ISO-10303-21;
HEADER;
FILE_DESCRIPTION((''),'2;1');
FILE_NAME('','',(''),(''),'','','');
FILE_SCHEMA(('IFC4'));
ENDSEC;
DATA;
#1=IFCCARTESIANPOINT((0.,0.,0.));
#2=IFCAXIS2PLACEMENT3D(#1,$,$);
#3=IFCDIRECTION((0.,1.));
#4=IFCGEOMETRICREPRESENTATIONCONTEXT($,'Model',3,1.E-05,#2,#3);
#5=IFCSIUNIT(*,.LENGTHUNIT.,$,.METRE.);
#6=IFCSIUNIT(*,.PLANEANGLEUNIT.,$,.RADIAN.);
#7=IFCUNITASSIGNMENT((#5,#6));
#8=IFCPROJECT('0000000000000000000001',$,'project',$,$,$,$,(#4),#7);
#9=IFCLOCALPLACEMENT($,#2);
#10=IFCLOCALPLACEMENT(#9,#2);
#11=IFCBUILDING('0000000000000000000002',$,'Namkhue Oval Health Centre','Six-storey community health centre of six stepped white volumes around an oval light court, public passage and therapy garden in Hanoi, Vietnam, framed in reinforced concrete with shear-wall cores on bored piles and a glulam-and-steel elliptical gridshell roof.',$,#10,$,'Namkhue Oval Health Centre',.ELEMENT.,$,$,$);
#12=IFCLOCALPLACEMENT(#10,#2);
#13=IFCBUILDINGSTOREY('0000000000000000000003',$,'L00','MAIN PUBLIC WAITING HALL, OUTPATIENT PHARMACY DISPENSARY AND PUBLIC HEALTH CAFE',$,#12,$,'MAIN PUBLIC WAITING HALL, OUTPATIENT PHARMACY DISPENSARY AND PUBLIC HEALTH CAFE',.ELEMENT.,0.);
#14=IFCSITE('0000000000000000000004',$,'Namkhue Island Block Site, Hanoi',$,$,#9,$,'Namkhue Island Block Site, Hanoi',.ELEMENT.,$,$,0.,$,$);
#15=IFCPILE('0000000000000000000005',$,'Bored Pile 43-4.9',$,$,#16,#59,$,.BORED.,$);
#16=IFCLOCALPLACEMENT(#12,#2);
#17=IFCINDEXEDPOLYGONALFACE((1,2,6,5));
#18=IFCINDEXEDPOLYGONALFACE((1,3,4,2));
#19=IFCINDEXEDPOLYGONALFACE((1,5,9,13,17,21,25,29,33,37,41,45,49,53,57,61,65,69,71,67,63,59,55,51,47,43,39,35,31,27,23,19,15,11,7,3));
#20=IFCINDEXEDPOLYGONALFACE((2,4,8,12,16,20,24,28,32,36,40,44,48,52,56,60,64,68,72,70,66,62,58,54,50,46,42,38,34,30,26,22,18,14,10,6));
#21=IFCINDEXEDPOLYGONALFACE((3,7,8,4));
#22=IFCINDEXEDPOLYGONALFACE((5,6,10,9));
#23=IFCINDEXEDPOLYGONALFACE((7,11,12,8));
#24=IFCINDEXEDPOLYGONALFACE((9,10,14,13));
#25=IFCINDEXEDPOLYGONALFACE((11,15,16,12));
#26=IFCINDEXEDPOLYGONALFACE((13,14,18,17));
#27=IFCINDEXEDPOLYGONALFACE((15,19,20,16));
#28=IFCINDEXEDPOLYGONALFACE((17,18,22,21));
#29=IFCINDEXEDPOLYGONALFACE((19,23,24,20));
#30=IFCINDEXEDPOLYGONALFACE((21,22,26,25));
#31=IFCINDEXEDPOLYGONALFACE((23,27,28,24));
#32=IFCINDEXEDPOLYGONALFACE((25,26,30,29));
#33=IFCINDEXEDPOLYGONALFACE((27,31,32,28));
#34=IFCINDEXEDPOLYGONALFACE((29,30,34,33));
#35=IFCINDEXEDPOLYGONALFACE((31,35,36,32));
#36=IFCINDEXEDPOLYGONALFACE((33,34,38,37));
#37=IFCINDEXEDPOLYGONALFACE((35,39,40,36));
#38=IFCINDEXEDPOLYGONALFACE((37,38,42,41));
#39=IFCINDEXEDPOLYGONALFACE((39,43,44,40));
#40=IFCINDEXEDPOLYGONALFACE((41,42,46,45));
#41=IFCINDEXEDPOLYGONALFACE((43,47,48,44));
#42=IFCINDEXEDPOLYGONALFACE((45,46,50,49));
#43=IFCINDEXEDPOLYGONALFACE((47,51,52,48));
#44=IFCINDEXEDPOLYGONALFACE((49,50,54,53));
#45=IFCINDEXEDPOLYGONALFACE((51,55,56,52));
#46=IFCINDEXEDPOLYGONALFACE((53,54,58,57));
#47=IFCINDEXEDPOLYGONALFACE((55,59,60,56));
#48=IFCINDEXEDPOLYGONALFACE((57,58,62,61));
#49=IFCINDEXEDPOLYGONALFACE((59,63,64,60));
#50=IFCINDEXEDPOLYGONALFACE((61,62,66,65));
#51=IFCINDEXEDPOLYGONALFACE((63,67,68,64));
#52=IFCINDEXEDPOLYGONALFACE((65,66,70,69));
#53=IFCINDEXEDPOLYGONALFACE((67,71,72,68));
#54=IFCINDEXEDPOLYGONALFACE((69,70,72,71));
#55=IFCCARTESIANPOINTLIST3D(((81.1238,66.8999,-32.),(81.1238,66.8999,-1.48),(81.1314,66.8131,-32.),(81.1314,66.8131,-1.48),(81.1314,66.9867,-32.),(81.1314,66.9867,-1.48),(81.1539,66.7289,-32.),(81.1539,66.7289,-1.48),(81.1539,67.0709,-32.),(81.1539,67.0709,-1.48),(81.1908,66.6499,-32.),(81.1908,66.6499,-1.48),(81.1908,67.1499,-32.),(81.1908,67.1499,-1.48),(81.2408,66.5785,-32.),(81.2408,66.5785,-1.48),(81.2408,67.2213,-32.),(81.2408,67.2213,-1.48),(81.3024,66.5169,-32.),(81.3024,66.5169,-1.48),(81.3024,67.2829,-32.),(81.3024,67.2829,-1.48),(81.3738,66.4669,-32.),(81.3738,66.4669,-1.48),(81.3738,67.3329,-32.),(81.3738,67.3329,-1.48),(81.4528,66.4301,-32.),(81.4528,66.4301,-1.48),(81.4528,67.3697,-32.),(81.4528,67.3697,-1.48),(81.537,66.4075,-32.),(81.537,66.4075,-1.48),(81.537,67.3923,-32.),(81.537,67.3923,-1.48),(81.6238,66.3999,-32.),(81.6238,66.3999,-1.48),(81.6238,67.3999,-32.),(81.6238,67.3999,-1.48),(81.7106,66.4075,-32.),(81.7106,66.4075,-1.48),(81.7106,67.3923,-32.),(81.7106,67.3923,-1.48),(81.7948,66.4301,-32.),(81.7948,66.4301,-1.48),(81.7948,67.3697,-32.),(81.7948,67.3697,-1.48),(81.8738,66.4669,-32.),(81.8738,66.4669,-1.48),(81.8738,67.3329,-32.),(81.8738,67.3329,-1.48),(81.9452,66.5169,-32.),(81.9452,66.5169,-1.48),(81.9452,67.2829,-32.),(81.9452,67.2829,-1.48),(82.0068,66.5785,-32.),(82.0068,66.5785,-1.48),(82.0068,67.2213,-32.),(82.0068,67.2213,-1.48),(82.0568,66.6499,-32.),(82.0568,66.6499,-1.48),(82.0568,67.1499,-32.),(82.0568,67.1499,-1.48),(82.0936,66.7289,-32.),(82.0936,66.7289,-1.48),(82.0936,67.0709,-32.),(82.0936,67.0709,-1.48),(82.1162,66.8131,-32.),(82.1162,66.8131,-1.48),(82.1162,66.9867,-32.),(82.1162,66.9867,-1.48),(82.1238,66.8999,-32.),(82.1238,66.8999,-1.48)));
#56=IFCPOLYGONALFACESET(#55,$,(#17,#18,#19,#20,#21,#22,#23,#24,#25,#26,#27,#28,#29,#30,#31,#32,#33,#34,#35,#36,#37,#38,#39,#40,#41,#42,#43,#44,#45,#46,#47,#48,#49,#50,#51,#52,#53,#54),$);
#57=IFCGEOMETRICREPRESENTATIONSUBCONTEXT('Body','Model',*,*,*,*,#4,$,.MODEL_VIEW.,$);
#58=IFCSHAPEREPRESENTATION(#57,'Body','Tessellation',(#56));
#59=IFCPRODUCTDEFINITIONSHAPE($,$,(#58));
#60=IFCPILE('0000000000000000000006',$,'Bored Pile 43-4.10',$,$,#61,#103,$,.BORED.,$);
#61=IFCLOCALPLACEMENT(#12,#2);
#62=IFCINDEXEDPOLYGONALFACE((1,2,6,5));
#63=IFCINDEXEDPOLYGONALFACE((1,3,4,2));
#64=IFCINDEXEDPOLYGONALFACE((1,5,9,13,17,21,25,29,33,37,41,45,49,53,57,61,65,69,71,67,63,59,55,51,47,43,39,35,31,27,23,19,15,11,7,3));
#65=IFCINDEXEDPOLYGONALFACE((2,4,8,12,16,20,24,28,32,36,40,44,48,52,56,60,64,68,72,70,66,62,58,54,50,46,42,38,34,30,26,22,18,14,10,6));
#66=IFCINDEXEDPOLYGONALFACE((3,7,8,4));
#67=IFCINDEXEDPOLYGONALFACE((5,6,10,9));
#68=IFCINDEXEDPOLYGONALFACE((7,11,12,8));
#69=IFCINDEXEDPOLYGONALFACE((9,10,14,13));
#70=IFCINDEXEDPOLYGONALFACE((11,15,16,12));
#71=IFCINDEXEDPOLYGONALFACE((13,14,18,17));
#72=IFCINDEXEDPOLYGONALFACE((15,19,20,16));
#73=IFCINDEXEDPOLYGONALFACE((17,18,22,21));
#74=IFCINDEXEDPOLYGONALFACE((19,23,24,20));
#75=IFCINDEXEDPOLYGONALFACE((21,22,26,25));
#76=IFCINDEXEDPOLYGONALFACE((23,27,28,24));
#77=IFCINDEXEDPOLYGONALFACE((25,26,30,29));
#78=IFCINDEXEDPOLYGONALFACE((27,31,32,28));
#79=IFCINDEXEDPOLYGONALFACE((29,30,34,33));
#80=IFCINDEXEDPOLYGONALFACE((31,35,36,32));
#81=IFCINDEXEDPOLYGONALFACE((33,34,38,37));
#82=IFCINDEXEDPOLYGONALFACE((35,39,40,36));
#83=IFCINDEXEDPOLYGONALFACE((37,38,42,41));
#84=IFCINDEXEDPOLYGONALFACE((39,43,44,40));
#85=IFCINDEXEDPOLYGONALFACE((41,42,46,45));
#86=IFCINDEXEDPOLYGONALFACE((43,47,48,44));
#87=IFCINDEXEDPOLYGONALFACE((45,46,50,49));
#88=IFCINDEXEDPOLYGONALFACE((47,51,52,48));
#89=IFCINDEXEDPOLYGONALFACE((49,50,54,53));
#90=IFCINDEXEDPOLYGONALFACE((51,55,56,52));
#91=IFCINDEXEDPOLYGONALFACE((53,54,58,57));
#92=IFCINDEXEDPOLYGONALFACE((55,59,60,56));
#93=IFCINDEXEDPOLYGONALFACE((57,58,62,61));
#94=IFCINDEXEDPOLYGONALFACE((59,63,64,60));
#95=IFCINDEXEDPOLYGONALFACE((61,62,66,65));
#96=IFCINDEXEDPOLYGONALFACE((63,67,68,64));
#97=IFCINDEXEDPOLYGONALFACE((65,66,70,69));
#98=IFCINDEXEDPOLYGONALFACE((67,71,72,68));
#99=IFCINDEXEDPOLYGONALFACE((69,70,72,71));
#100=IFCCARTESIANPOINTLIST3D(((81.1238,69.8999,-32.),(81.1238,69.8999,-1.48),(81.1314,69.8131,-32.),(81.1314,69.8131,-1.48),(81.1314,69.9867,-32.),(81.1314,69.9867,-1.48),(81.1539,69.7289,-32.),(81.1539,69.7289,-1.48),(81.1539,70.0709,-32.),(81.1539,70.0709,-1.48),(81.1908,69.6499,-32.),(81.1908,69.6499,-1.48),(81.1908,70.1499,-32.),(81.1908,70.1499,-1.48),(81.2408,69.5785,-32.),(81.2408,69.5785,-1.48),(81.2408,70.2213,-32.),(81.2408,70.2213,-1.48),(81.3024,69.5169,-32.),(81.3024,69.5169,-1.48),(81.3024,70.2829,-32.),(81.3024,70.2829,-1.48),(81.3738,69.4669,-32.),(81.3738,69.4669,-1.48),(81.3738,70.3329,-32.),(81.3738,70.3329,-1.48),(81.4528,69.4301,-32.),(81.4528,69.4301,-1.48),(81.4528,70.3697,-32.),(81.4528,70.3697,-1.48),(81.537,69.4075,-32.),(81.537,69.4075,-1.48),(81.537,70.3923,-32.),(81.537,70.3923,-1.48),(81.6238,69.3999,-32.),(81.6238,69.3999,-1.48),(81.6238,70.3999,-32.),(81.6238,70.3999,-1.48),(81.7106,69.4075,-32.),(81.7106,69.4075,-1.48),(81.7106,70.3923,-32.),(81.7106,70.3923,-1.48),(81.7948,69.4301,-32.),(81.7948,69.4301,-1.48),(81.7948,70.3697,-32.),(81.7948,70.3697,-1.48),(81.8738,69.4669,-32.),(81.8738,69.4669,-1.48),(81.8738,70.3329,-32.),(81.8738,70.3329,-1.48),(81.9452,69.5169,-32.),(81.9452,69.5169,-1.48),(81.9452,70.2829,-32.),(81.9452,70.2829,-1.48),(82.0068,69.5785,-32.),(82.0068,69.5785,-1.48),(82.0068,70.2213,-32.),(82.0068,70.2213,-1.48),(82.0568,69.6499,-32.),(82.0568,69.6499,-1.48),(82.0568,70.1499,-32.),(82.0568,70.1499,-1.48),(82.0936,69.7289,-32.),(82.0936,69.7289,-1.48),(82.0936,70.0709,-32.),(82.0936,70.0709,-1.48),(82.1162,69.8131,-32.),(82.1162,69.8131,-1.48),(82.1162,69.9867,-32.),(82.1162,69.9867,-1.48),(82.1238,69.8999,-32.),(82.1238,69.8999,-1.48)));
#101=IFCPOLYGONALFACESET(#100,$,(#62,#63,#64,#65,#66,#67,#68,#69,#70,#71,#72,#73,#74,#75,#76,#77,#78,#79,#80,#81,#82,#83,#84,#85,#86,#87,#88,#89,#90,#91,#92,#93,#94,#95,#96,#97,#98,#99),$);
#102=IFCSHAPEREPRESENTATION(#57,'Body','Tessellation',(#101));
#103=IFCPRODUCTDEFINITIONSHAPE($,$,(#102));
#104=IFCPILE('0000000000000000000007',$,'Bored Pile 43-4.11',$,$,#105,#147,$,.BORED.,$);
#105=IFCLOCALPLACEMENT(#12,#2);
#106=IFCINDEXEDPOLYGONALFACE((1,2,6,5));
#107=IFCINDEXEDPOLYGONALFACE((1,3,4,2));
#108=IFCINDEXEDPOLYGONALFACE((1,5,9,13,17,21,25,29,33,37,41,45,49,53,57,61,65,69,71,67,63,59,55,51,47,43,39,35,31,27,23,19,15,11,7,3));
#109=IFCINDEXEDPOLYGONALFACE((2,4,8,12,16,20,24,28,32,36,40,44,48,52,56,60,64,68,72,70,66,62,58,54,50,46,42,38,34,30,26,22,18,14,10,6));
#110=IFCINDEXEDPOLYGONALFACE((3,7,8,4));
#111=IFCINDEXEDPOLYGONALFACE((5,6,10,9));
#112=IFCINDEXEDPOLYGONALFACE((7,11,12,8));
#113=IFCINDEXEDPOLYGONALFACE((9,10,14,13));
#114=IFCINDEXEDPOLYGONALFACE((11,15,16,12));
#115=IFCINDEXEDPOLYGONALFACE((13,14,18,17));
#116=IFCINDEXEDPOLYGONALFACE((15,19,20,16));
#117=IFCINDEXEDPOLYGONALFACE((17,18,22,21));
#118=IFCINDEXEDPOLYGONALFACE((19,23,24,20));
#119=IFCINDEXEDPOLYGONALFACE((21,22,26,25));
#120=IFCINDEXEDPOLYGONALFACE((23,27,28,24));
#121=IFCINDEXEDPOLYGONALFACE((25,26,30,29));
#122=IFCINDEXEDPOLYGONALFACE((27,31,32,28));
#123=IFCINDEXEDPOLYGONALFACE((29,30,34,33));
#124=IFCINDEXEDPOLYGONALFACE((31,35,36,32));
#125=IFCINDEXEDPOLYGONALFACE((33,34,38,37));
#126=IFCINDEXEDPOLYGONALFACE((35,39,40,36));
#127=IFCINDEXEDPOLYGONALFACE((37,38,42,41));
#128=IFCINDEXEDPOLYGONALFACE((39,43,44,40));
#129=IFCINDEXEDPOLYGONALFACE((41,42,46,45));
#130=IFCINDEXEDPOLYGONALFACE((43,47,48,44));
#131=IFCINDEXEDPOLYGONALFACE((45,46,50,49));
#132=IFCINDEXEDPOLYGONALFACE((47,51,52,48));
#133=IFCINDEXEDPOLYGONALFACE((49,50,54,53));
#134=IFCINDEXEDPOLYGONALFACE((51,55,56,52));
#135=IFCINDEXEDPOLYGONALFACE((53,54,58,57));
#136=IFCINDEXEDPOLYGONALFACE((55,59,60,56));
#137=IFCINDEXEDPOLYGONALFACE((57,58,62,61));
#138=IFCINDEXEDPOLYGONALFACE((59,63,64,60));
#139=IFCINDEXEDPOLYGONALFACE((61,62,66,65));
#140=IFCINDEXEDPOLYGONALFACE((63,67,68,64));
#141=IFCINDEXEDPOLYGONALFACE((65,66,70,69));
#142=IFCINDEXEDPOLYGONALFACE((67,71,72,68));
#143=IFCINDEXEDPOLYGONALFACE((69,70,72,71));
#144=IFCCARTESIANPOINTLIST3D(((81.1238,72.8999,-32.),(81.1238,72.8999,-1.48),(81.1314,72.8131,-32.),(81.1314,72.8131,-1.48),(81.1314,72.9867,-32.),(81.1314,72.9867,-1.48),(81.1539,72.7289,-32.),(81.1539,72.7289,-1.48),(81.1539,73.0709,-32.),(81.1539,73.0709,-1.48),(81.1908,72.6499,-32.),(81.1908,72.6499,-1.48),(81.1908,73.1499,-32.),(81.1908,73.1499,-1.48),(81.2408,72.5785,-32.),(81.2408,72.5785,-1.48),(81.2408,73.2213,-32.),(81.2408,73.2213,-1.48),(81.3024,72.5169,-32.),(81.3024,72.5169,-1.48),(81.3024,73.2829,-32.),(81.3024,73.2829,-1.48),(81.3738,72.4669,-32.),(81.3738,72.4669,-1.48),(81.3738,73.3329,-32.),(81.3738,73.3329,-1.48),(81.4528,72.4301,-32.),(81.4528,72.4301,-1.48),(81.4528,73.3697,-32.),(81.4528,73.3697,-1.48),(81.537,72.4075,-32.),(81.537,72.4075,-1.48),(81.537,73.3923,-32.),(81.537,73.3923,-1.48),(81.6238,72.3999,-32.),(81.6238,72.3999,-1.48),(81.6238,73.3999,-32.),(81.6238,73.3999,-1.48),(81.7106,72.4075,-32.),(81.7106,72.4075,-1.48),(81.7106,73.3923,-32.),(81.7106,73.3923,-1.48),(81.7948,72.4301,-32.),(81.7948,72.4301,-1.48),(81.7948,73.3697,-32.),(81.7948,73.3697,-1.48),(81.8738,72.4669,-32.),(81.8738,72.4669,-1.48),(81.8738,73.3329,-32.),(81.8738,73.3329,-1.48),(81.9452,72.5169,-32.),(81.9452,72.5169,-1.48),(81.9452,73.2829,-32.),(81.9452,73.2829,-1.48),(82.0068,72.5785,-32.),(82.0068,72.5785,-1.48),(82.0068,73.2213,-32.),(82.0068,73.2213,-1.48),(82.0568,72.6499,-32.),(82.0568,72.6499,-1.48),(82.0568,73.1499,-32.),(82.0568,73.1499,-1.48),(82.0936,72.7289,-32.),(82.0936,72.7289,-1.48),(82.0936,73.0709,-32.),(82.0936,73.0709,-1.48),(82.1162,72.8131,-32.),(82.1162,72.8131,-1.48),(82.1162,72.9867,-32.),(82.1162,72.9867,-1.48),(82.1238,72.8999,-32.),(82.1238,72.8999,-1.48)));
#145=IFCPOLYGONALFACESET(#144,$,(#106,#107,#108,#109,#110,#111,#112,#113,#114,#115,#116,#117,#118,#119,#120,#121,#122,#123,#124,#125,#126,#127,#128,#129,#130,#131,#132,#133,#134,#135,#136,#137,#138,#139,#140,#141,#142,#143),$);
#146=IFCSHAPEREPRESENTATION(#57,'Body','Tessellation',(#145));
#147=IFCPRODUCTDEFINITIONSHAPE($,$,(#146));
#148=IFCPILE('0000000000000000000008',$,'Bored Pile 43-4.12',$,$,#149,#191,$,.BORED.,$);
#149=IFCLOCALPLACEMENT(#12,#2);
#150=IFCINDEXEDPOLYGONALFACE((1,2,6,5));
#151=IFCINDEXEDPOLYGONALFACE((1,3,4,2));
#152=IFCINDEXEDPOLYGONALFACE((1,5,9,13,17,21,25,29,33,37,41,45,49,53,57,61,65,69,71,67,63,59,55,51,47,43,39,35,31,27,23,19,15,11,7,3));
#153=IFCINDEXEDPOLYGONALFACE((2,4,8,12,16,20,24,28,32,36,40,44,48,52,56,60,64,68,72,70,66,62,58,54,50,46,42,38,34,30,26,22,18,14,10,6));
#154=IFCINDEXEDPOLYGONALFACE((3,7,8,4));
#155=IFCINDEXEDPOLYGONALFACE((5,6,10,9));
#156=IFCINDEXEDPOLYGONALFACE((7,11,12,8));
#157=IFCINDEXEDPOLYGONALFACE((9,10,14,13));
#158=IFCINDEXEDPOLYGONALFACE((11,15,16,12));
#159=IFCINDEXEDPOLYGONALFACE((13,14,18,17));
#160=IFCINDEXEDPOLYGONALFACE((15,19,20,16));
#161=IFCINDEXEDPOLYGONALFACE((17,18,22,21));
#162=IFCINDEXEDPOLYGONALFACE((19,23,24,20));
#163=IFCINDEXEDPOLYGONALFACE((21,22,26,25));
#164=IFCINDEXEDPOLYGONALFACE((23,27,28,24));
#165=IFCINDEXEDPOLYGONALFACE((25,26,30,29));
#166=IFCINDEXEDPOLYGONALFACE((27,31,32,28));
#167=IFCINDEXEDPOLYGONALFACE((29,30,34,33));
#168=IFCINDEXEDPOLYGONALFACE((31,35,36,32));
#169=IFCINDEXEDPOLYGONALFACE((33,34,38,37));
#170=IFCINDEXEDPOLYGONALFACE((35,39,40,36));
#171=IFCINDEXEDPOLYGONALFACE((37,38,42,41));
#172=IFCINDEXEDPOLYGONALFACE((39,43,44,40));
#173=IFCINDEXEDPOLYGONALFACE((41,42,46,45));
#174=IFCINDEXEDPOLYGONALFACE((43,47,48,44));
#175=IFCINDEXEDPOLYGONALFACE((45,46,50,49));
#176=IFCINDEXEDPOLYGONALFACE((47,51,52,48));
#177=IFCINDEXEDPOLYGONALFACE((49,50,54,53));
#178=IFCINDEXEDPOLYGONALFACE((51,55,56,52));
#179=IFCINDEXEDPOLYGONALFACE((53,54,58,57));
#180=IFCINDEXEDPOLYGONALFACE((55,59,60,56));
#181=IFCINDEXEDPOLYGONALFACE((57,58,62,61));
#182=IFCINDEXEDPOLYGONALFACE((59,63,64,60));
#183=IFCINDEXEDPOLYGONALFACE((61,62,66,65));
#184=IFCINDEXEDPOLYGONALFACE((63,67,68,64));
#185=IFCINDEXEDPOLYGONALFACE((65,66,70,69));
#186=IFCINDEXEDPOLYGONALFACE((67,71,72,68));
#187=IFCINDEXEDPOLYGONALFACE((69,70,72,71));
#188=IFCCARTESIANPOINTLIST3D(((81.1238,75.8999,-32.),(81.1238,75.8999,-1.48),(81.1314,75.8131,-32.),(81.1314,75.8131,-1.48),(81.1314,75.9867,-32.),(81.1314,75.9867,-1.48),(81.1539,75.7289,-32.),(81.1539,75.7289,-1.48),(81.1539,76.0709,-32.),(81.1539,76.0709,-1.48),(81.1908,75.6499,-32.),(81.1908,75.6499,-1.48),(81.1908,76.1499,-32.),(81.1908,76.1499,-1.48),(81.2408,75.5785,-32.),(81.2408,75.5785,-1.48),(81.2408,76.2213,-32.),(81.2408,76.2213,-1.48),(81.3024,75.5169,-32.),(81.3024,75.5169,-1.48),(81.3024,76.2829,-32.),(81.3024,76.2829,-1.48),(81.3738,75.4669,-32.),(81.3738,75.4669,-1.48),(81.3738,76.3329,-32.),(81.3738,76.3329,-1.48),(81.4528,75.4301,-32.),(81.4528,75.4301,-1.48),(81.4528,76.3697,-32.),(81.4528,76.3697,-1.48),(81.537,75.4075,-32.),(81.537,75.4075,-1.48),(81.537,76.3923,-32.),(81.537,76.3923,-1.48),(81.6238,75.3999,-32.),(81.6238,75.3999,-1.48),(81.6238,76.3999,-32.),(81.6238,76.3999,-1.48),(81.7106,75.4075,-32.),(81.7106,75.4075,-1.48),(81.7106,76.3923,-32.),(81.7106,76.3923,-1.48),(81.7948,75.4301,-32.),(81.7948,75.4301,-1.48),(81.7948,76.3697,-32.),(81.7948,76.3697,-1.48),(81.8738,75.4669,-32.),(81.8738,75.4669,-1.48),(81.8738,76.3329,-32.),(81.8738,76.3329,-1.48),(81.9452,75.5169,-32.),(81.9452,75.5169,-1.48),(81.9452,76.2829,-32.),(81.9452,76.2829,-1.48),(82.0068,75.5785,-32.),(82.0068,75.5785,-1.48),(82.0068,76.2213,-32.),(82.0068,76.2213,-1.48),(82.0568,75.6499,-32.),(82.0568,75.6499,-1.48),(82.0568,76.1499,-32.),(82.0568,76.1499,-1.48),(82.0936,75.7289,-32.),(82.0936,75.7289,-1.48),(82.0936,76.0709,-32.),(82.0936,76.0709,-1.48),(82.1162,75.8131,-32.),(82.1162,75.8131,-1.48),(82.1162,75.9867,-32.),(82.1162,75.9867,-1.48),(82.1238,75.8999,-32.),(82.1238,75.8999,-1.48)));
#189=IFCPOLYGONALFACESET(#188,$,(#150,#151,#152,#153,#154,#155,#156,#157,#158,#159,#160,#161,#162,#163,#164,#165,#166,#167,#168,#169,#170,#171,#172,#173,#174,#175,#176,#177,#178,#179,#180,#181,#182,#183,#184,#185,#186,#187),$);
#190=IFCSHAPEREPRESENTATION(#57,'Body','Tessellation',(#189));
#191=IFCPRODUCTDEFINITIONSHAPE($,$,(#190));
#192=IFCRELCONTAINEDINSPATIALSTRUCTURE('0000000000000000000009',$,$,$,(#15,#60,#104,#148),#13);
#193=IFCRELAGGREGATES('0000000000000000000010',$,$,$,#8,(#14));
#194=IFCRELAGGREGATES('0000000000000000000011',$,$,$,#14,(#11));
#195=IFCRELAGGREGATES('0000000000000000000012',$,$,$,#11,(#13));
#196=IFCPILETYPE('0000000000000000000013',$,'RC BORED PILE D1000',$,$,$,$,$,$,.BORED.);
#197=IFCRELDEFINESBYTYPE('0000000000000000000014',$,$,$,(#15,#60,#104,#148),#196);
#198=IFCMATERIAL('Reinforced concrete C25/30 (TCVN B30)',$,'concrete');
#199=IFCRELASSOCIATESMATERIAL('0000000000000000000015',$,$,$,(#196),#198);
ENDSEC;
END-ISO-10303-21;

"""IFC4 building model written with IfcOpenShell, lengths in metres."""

from ifc_helpers import new_model, si_unit, direction, frame, origin, origin_2d, place, context, subcontext, project, spatial, circle, extrude, material, material_profile, profile_set, type_object, element, save


model = new_model("IFC4")

# Units and contexts
model_context = context("Model", 3, precision=1e-05, world=origin(), true_north=direction((0.0, 1.0)))
body_context = subcontext(model_context, "Body", "Model", "MODEL_VIEW")
ifc_project = project(units=[si_unit("LENGTHUNIT", "METRE"), si_unit("PLANEANGLEUNIT", "RADIAN")], contexts=[model_context])

# Site, building, storey
site_placement = place(None, origin())
site = spatial("IfcSite", under=ifc_project, at=site_placement, Name="Namkhue Island Block Site, Hanoi", LongName="Namkhue Island Block Site, Hanoi", CompositionType="ELEMENT", RefElevation=0.0)
building_placement = place(site_placement, origin())
building = spatial("IfcBuilding", under=site, at=building_placement, Name="Namkhue Oval Health Centre", Description="Six-storey community health centre of six stepped white volumes around an oval light court, public passage and therapy garden in Hanoi, Vietnam, framed in reinforced concrete with shear-wall cores on bored piles and a glulam-and-steel elliptical gridshell roof.", LongName="Namkhue Oval Health Centre", CompositionType="ELEMENT")
storey_placement = place(building_placement, origin())
storey = spatial("IfcBuildingStorey", under=building, at=storey_placement, Name="L00", Description="MAIN PUBLIC WAITING HALL, OUTPATIENT PHARMACY DISPENSARY AND PUBLIC HEALTH CAFE", LongName="MAIN PUBLIC WAITING HALL, OUTPATIENT PHARMACY DISPENSARY AND PUBLIC HEALTH CAFE", CompositionType="ELEMENT", Elevation=0.0)

# Piles
ifc_material_1 = material(Name="Reinforced concrete C25/30 (TCVN B30)", Category="concrete")
ifc_material_profile_1 = material_profile(ifc_material_1, circle(Radius=0.5, at=origin_2d()), Name="BORED PILE D1000")
ifc_profile_set_1 = profile_set([ifc_material_profile_1], Name="Reinforced concrete C25/30 (TCVN B30)")
pile_type_1 = type_object("IfcPileType", Name="RC BORED PILE D1000", PredefinedType="BORED", material=ifc_profile_set_1)
for number, where, z_axis, x_axis, name in (
    (1, (81.6238, 66.8999, -1.48), (0.0, 0.0, -1.0), (1.0, 0.0, 0.0), "Bored Pile 43-4.9"),
    (2, (81.6238, 69.8999, -1.48), (0.0, 0.0, -1.0), (1.0, 0.0, 0.0), "Bored Pile 43-4.10"),
    (3, (81.6238, 72.8999, -1.48), (0.0, 0.0, -1.0), (1.0, 0.0, 0.0), "Bored Pile 43-4.11"),
    (4, (81.6238, 75.8999, -1.48), (0.0, 0.0, -1.0), (1.0, 0.0, 0.0), "Bored Pile 43-4.12"),
):
    element("IfcPile", number, at=place(storey_placement, frame(where, z_axis=z_axis, x_axis=x_axis)), inside=storey, type_object=pile_type_1, Name=name, PredefinedType="BORED", context=body_context, shape_type="SweptSolid", body=[
        extrude(circle(Radius=0.5, at=origin_2d()), origin(), (0.0, 0.0, 1.0), 30.52),
    ])

save(model, "model.ifc")
